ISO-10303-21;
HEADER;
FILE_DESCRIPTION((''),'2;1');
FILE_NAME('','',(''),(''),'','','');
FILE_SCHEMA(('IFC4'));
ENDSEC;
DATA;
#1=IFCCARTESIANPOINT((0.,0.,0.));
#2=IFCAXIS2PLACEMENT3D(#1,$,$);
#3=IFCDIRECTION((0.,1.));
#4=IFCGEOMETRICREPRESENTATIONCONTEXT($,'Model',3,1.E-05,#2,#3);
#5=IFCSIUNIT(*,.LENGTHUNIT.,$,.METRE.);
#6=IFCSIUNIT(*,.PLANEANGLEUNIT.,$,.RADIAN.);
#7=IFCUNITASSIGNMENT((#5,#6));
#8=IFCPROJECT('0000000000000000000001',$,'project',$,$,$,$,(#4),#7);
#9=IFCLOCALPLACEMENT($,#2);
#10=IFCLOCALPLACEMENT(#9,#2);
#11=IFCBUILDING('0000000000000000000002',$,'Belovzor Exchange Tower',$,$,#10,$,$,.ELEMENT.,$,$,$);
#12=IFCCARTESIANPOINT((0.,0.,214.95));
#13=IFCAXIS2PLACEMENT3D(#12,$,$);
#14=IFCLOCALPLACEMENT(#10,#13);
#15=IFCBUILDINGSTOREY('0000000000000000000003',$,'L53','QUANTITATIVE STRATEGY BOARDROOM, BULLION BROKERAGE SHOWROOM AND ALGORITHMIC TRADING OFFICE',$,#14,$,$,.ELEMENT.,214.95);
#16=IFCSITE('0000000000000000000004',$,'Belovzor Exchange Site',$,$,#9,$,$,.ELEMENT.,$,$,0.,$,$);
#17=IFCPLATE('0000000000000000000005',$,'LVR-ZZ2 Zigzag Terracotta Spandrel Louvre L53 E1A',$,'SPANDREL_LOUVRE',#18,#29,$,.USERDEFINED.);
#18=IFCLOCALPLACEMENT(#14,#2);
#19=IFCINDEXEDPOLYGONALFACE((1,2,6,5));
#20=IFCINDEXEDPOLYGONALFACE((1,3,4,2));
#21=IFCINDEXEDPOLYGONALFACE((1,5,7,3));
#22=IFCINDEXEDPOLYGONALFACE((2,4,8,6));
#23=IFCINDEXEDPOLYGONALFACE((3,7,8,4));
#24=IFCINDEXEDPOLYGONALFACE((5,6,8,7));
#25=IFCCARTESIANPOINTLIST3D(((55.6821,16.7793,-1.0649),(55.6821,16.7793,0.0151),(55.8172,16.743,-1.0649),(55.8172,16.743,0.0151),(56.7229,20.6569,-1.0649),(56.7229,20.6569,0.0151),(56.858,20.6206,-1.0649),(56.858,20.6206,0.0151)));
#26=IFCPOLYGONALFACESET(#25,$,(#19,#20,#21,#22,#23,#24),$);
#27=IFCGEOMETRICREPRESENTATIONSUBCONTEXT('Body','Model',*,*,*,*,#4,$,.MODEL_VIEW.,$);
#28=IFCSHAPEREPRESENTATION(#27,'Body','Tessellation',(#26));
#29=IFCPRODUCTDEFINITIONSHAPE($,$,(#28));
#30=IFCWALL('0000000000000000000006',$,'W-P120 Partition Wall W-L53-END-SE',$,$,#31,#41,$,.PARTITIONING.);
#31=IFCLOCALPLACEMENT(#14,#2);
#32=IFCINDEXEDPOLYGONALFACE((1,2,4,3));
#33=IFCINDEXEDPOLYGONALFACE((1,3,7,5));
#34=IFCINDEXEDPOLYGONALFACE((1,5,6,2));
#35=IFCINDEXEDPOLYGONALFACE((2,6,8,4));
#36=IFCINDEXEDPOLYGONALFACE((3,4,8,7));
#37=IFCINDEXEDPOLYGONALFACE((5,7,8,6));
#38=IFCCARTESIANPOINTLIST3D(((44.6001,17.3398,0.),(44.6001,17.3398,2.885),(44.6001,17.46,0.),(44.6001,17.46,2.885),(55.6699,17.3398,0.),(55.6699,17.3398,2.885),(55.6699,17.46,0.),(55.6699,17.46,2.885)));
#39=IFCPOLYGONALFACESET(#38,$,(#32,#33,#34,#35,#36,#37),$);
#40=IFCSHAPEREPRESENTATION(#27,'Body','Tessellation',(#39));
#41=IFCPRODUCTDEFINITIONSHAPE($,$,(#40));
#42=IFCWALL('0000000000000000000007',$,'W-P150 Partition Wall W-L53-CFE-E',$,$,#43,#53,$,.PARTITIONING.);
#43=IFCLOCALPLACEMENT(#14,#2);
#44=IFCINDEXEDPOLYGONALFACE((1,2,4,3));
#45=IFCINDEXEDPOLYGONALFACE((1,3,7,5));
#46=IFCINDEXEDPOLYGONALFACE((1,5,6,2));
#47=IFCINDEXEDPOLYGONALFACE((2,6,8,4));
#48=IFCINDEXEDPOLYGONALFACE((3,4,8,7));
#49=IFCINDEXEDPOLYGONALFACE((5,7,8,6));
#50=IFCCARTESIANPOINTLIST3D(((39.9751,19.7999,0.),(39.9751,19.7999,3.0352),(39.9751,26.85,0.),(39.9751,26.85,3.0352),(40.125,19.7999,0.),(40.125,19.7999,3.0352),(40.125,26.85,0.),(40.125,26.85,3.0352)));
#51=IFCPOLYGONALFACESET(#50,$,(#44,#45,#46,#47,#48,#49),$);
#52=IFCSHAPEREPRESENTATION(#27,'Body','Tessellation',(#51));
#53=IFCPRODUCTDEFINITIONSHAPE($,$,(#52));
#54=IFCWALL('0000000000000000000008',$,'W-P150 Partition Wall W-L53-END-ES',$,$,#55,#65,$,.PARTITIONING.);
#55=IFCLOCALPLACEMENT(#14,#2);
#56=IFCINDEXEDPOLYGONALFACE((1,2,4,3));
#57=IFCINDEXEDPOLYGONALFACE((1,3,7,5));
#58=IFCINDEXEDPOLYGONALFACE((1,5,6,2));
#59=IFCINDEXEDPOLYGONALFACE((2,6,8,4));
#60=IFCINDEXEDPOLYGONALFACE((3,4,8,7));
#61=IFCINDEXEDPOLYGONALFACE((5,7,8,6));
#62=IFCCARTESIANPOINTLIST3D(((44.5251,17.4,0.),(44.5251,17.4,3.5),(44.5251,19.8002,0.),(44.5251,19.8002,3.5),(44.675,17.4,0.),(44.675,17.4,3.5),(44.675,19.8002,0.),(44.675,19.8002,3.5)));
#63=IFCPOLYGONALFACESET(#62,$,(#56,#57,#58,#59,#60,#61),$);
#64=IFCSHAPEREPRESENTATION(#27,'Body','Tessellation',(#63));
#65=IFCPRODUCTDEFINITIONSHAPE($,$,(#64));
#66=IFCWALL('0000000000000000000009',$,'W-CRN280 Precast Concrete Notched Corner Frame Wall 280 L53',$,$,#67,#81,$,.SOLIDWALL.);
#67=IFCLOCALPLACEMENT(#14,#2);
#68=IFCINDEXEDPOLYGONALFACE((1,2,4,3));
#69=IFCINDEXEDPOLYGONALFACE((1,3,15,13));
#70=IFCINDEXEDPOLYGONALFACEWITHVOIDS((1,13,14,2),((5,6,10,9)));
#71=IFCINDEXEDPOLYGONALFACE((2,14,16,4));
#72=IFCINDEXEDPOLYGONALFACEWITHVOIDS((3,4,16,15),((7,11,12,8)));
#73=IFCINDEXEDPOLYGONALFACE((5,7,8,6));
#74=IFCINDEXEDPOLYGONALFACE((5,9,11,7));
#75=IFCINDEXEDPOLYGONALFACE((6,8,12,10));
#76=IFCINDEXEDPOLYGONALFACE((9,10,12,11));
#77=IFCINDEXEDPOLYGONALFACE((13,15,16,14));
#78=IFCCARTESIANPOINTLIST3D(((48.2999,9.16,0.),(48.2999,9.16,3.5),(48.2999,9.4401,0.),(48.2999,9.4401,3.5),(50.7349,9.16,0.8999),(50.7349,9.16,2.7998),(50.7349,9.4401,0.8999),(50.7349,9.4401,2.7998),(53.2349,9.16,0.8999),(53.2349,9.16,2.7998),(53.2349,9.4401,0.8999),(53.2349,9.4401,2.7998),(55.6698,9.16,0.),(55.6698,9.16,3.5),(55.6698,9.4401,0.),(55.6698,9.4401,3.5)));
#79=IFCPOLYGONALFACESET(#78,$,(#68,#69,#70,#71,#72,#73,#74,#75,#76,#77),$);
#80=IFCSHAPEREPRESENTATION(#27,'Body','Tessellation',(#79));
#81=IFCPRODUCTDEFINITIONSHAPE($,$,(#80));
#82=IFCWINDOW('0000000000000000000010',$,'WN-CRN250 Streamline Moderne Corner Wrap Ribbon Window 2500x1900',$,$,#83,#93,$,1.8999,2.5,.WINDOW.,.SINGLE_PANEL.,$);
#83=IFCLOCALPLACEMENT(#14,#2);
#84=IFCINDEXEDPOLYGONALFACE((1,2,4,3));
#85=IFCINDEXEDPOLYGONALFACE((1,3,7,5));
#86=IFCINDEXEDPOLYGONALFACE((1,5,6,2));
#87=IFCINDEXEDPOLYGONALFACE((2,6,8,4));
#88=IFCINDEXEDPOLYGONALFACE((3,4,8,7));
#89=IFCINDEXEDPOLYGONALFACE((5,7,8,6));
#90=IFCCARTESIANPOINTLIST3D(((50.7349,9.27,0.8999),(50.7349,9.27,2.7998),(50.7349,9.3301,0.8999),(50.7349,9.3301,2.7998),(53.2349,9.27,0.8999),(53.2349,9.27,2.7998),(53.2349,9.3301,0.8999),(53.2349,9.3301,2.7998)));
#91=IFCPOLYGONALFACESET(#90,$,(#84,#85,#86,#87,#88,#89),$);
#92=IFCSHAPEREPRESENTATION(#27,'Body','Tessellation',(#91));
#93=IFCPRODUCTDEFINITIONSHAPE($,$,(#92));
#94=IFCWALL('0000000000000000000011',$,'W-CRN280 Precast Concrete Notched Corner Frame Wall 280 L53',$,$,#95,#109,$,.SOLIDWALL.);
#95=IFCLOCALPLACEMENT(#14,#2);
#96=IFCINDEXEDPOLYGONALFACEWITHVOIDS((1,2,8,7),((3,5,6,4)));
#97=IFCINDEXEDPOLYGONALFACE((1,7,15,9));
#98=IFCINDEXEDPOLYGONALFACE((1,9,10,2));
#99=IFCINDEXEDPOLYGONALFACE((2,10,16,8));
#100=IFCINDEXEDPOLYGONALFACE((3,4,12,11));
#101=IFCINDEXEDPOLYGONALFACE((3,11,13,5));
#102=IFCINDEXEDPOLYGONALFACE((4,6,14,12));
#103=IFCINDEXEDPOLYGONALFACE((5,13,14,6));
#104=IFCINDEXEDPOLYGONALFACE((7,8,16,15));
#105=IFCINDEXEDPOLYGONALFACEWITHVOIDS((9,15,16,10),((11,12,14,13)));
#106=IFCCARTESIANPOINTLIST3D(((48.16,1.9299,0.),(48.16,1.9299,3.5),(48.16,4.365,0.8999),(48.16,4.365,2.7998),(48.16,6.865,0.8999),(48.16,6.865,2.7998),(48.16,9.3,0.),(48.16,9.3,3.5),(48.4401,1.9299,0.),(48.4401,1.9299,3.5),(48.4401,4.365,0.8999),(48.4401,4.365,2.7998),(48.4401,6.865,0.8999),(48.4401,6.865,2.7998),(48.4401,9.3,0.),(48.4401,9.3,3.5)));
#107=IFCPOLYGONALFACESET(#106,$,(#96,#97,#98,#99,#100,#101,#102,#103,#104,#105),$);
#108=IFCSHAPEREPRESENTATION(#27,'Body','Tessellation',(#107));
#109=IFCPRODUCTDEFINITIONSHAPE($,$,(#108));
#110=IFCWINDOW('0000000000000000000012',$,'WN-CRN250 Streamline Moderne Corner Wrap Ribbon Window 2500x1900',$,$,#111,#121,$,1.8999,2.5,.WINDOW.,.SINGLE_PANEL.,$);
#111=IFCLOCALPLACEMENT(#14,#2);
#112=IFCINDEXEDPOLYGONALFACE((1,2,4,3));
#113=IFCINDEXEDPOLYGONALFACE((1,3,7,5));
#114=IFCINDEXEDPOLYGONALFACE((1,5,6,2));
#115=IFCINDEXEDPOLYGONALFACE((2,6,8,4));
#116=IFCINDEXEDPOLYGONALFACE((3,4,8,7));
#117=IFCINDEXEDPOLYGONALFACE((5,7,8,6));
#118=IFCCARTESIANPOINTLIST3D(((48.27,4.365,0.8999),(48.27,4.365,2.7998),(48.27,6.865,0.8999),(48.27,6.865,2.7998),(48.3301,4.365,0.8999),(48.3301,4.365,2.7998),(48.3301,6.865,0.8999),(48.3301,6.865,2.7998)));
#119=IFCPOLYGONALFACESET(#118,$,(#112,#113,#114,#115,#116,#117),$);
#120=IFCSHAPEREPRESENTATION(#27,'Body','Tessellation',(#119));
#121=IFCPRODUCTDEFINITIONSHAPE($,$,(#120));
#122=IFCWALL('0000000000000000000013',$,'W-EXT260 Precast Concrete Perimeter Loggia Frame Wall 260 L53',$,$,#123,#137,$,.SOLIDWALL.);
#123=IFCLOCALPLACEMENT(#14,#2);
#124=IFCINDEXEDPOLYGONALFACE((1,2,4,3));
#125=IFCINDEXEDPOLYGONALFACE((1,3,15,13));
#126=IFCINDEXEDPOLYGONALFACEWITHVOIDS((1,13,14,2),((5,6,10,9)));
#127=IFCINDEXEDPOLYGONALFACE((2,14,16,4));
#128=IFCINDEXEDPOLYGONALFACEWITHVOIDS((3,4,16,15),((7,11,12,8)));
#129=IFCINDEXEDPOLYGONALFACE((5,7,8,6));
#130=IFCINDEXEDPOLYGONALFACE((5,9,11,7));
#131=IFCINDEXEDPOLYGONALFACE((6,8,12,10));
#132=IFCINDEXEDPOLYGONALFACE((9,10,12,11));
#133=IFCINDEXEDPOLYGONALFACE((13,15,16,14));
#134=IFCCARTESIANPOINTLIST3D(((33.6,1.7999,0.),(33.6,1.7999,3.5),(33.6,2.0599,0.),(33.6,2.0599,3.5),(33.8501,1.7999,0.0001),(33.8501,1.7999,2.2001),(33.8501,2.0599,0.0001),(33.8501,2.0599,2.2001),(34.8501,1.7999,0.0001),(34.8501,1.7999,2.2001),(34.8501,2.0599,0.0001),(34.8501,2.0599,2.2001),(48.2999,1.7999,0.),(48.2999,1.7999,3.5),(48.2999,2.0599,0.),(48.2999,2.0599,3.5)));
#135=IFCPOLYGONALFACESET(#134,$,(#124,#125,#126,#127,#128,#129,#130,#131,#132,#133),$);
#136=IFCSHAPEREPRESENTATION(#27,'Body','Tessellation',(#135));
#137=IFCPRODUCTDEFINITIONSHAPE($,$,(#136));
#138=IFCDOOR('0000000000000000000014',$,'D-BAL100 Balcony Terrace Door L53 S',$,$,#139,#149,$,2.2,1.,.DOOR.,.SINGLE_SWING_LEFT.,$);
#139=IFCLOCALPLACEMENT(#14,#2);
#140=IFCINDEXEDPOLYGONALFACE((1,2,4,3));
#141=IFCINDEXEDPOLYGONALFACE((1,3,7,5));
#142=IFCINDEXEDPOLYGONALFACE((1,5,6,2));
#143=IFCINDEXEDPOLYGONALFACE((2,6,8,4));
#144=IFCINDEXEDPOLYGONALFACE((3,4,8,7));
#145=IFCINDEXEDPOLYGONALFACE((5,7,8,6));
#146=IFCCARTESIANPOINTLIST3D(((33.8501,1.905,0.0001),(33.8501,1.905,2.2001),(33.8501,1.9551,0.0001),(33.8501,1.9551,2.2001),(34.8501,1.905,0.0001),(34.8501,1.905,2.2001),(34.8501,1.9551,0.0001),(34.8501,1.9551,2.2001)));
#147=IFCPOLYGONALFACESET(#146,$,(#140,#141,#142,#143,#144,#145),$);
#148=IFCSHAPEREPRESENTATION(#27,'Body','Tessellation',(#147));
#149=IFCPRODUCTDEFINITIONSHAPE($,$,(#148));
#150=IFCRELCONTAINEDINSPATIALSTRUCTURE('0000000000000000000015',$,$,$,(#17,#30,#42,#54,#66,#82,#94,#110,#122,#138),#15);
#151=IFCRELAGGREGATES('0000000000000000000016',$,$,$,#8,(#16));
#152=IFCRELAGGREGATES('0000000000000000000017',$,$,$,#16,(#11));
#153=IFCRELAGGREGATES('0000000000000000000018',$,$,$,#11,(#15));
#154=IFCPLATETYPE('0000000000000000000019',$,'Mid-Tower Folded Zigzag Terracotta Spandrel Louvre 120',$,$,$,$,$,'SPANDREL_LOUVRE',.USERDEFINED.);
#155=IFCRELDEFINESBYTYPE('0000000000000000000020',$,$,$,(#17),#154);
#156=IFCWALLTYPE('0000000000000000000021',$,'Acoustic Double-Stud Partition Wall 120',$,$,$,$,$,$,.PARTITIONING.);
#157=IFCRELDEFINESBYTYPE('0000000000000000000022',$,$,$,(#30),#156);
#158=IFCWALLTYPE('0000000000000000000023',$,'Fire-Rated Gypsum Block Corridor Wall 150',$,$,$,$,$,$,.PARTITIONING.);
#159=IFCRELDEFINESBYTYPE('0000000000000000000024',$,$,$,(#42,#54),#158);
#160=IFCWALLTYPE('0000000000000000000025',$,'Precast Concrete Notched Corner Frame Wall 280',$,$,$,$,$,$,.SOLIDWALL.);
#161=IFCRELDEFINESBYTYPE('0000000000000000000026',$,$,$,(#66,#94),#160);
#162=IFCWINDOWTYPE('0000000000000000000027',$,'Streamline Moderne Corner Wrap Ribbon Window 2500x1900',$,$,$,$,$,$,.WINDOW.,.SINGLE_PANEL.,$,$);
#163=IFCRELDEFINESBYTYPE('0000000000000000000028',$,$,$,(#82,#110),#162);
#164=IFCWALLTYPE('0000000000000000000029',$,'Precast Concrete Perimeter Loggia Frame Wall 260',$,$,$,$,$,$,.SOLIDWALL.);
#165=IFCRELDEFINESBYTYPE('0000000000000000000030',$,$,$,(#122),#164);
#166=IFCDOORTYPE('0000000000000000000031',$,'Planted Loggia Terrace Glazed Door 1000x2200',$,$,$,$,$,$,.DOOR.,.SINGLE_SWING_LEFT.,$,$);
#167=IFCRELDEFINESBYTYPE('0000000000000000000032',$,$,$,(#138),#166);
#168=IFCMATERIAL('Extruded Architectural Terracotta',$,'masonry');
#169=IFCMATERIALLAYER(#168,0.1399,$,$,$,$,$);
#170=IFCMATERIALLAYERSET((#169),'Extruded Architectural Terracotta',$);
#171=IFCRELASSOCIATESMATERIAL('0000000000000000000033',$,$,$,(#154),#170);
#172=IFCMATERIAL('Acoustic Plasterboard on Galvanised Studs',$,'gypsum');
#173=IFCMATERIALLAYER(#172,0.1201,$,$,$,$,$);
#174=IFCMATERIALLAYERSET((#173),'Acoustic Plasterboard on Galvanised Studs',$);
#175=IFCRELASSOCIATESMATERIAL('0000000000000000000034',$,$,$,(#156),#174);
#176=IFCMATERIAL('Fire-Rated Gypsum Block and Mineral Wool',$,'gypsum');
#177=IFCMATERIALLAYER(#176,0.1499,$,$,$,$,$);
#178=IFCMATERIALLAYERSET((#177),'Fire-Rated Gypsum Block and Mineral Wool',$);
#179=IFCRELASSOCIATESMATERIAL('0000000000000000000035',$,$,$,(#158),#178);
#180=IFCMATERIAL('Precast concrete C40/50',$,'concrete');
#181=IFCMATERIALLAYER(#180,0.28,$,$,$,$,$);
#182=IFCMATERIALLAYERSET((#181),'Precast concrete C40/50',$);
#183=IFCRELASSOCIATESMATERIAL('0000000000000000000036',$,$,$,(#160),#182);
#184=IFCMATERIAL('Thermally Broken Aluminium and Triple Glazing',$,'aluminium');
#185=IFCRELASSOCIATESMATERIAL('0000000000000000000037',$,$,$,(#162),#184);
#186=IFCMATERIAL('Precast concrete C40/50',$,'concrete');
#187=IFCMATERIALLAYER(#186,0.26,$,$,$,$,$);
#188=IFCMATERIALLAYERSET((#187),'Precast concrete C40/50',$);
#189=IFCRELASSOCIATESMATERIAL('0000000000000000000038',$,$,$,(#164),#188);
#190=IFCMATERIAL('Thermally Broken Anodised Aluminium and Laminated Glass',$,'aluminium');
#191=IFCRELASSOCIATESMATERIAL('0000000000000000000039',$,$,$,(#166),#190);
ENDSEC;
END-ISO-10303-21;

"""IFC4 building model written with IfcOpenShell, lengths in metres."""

from ifc_helpers import new_model, si_unit, direction, frame, frame_2d, origin, origin_2d, place, context, subcontext, project, spatial, rectangle, extrude, material, layer, layer_set, type_object, element, fill, save


model = new_model("IFC4")

# Units and contexts
model_context = context("Model", 3, precision=1e-05, world=origin(), true_north=direction((0.0, 1.0)))
body_context = subcontext(model_context, "Body", "Model", "MODEL_VIEW")
ifc_project = project(units=[si_unit("LENGTHUNIT", "METRE"), si_unit("PLANEANGLEUNIT", "RADIAN")], contexts=[model_context])

# Site, building, storey
site_placement = place(None, origin())
site = spatial("IfcSite", under=ifc_project, at=site_placement, Name="Belovzor Exchange Site", CompositionType="ELEMENT", RefElevation=0.0)
building_placement = place(site_placement, origin())
building = spatial("IfcBuilding", under=site, at=building_placement, Name="Belovzor Exchange Tower", CompositionType="ELEMENT")
storey_placement = place(building_placement, frame((0.0, 0.0, 214.95)))
storey = spatial("IfcBuildingStorey", under=building, at=storey_placement, Name="L53", Description="QUANTITATIVE STRATEGY BOARDROOM, BULLION BROKERAGE SHOWROOM AND ALGORITHMIC TRADING OFFICE", CompositionType="ELEMENT", Elevation=214.95)

# Plate
ifc_material_1 = material(Name="Extruded Architectural Terracotta", Category="masonry")
ifc_layer_1 = layer(ifc_material_1, 0.1399)
ifc_layer_set_1 = layer_set([ifc_layer_1], Name="Extruded Architectural Terracotta")
plate_type = type_object("IfcPlateType", Name="Mid-Tower Folded Zigzag Terracotta Spandrel Louvre 120", ElementType="SPANDREL_LOUVRE", PredefinedType="USERDEFINED", material=ifc_layer_set_1)
plate_placement = place(storey_placement, frame((56.27, 18.7, -1.0649), z_axis=(0.0, 0.0, 1.0), x_axis=(0.25924, 0.965813, 0.0)))
element("IfcPlate", 1, at=plate_placement, inside=storey, type_object=plate_type, Name="LVR-ZZ2 Zigzag Terracotta Spandrel Louvre L53 E1A", ObjectType="SPANDREL_LOUVRE", PredefinedType="USERDEFINED", context=body_context, shape_type="SweptSolid", body=[
    extrude(rectangle(XDim=4.0149, YDim=0.1399, at=origin_2d()), origin(), (0.0, 0.0, 1.0), 1.0801),
])

# Walls
ifc_material_2 = material(Name="Acoustic Plasterboard on Galvanised Studs", Category="gypsum")
ifc_layer_2 = layer(ifc_material_2, 0.1201)
ifc_layer_set_2 = layer_set([ifc_layer_2], Name="Acoustic Plasterboard on Galvanised Studs")
wall_type_1 = type_object("IfcWallType", Name="Acoustic Double-Stud Partition Wall 120", PredefinedType="PARTITIONING", material=ifc_layer_set_2)
wall_1_placement = place(storey_placement, frame((44.6001, 17.3999, 0.0), z_axis=(0.0, 0.0, 1.0), x_axis=(1.0, 0.0, 0.0)))
element("IfcWall", 2, at=wall_1_placement, inside=storey, type_object=wall_type_1, Name="W-P120 Partition Wall W-L53-END-SE", PredefinedType="PARTITIONING", context=body_context, shape_type="SweptSolid", body=[
    extrude(rectangle(XDim=11.0698, YDim=0.1201, at=frame_2d((5.5349, 0.0))), origin(), (0.0, 0.0, 1.0), 2.885),
])
ifc_material_3 = material(Name="Fire-Rated Gypsum Block and Mineral Wool", Category="gypsum")
ifc_layer_3 = layer(ifc_material_3, 0.1499)
ifc_layer_set_3 = layer_set([ifc_layer_3], Name="Fire-Rated Gypsum Block and Mineral Wool")
wall_type_2 = type_object("IfcWallType", Name="Fire-Rated Gypsum Block Corridor Wall 150", PredefinedType="PARTITIONING", material=ifc_layer_set_3)
wall_2_placement = place(storey_placement, frame((40.05, 19.8, 0.0), z_axis=(0.0, 0.0, 1.0), x_axis=(0.0, 1.0, 0.0)))
element("IfcWall", 3, at=wall_2_placement, inside=storey, type_object=wall_type_2, Name="W-P150 Partition Wall W-L53-CFE-E", PredefinedType="PARTITIONING", context=body_context, shape_type="SweptSolid", body=[
    extrude(rectangle(XDim=7.05, YDim=0.1499, at=frame_2d((3.5249, 0.0))), origin(), (0.0, 0.0, 1.0), 3.0352),
])
wall_3_placement = place(storey_placement, frame((44.6001, 17.3999, 0.0), z_axis=(0.0, 0.0, 1.0), x_axis=(0.0, 1.0, 0.0)))
element("IfcWall", 4, at=wall_3_placement, inside=storey, type_object=wall_type_2, Name="W-P150 Partition Wall W-L53-END-ES", PredefinedType="PARTITIONING", context=body_context, shape_type="SweptSolid", body=[
    extrude(rectangle(XDim=2.4001, YDim=0.1499, at=frame_2d((1.2002, 0.0))), origin(), (0.0, 0.0, 1.0), 3.5),
])

# Walls, openings, windows
ifc_material_4 = material(Name="Precast concrete C40/50", Category="concrete")
ifc_layer_4 = layer(ifc_material_4, 0.28)
ifc_layer_set_4 = layer_set([ifc_layer_4], Name="Precast concrete C40/50")
wall_type_3 = type_object("IfcWallType", Name="Precast Concrete Notched Corner Frame Wall 280", PredefinedType="SOLIDWALL", material=ifc_layer_set_4)
wall_4_placement = place(storey_placement, frame((55.6699, 9.3, 0.0), z_axis=(0.0, 0.0, 1.0), x_axis=(-1.0, 0.0, 0.0)))
wall_4 = element("IfcWall", 5, at=wall_4_placement, inside=storey, type_object=wall_type_3, Name="W-CRN280 Precast Concrete Notched Corner Frame Wall 280 L53", PredefinedType="SOLIDWALL", context=body_context, shape_type="SweptSolid", body=[
    extrude(rectangle(XDim=7.3699, YDim=0.28, at=frame_2d((3.6851, 0.0))), origin(), (0.0, 0.0, 1.0), 3.5),
])
opening_1_placement = place(wall_4_placement, frame((2.4351, 0.0, 0.8999)))
opening_1 = element("IfcOpeningElement", 6, at=opening_1_placement, cuts=wall_4, PredefinedType="OPENING", context=body_context, shape_type="SweptSolid", body=[
    extrude(rectangle(XDim=2.5, YDim=1.8999, at=frame_2d((1.25, 0.95))), frame((0.0, 0.1499, 0.0), z_axis=(0.0, -1.0, 0.0), x_axis=(1.0, 0.0, 0.0)), (0.0, 0.0, 1.0), 0.3),
])
ifc_material_5 = material(Name="Thermally Broken Aluminium and Triple Glazing", Category="aluminium")
window_type = type_object("IfcWindowType", Name="Streamline Moderne Corner Wrap Ribbon Window 2500x1900", PartitioningType="SINGLE_PANEL", PredefinedType="WINDOW", material=ifc_material_5)
window_1_placement = place(opening_1_placement, origin())
window_1 = element("IfcWindow", 7, at=window_1_placement, inside=storey, type_object=window_type, Name="WN-CRN250 Streamline Moderne Corner Wrap Ribbon Window 2500x1900", OverallHeight=1.8999, OverallWidth=2.5, PartitioningType="SINGLE_PANEL", PredefinedType="WINDOW", context=body_context, shape_type="SweptSolid", body=[
    extrude(rectangle(XDim=2.5, YDim=1.8999, at=frame_2d((1.25, 0.95))), frame((0.0, 0.03, 0.0), z_axis=(0.0, -1.0, 0.0), x_axis=(1.0, 0.0, 0.0)), (0.0, 0.0, 1.0), 0.0601),
])
fill(opening_1, window_1)
wall_5_placement = place(storey_placement, frame((48.3, 9.3, 0.0), z_axis=(0.0, 0.0, 1.0), x_axis=(0.0, -1.0, 0.0)))
wall_5 = element("IfcWall", 8, at=wall_5_placement, inside=storey, type_object=wall_type_3, Name="W-CRN280 Precast Concrete Notched Corner Frame Wall 280 L53", PredefinedType="SOLIDWALL", context=body_context, shape_type="SweptSolid", body=[
    extrude(rectangle(XDim=7.3701, YDim=0.28, at=frame_2d((3.6851, 0.0))), origin(), (0.0, 0.0, 1.0), 3.5),
])
opening_2_placement = place(wall_5_placement, frame((2.4351, 0.0, 0.8999)))
opening_2 = element("IfcOpeningElement", 9, at=opening_2_placement, cuts=wall_5, PredefinedType="OPENING", context=body_context, shape_type="SweptSolid", body=[
    extrude(rectangle(XDim=2.5, YDim=1.8999, at=frame_2d((1.25, 0.95))), frame((0.0, 0.1499, 0.0), z_axis=(0.0, -1.0, 0.0), x_axis=(1.0, 0.0, 0.0)), (0.0, 0.0, 1.0), 0.3),
])
window_2_placement = place(opening_2_placement, origin())
window_2 = element("IfcWindow", 10, at=window_2_placement, inside=storey, type_object=window_type, Name="WN-CRN250 Streamline Moderne Corner Wrap Ribbon Window 2500x1900", OverallHeight=1.8999, OverallWidth=2.5, PartitioningType="SINGLE_PANEL", PredefinedType="WINDOW", context=body_context, shape_type="SweptSolid", body=[
    extrude(rectangle(XDim=2.5, YDim=1.8999, at=frame_2d((1.25, 0.95))), frame((0.0, 0.03, 0.0), z_axis=(0.0, -1.0, 0.0), x_axis=(1.0, 0.0, 0.0)), (0.0, 0.0, 1.0), 0.0601),
])
fill(opening_2, window_2)

# Wall, opening, door
ifc_material_6 = material(Name="Precast concrete C40/50", Category="concrete")
ifc_layer_5 = layer(ifc_material_6, 0.26)
ifc_layer_set_5 = layer_set([ifc_layer_5], Name="Precast concrete C40/50")
wall_type_4 = type_object("IfcWallType", Name="Precast Concrete Perimeter Loggia Frame Wall 260", PredefinedType="SOLIDWALL", material=ifc_layer_set_5)
wall_6_placement = place(storey_placement, frame((48.3, 1.9299, 0.0), z_axis=(0.0, 0.0, 1.0), x_axis=(-1.0, 0.0, 0.0)))
wall_6 = element("IfcWall", 11, at=wall_6_placement, inside=storey, type_object=wall_type_4, Name="W-EXT260 Precast Concrete Perimeter Loggia Frame Wall 260 L53", PredefinedType="SOLIDWALL", context=body_context, shape_type="SweptSolid", body=[
    extrude(rectangle(XDim=14.7, YDim=0.26, at=frame_2d((7.3501, 0.0))), origin(), (0.0, 0.0, 1.0), 3.5),
])
opening_3_placement = place(wall_6_placement, frame((13.45, 0.0, 0.0)))
opening_3 = element("IfcOpeningElement", 12, at=opening_3_placement, cuts=wall_6, PredefinedType="OPENING", context=body_context, shape_type="SweptSolid", body=[
    extrude(rectangle(XDim=1.0, YDim=2.2, at=frame_2d((0.5, 1.1001))), frame((0.0, 0.1399, 0.0), z_axis=(0.0, -1.0, 0.0), x_axis=(1.0, 0.0, 0.0)), (0.0, 0.0, 1.0), 0.28),
])
ifc_material_7 = material(Name="Thermally Broken Anodised Aluminium and Laminated Glass", Category="aluminium")
door_type = type_object("IfcDoorType", Name="Planted Loggia Terrace Glazed Door 1000x2200", OperationType="SINGLE_SWING_LEFT", PredefinedType="DOOR", material=ifc_material_7)
door_placement = place(opening_3_placement, origin())
door = element("IfcDoor", 13, at=door_placement, inside=storey, type_object=door_type, Name="D-BAL100 Balcony Terrace Door L53 S", OperationType="SINGLE_SWING_LEFT", OverallHeight=2.2, OverallWidth=1.0, PredefinedType="DOOR", context=body_context, shape_type="SweptSolid", body=[
    extrude(rectangle(XDim=1.0, YDim=2.2, at=frame_2d((0.5, 1.1001))), frame((0.0, 0.0249, 0.0), z_axis=(0.0, -1.0, 0.0), x_axis=(1.0, 0.0, 0.0)), (0.0, 0.0, 1.0), 0.05),
])
fill(opening_3, door)

save(model, "model.ifc")
